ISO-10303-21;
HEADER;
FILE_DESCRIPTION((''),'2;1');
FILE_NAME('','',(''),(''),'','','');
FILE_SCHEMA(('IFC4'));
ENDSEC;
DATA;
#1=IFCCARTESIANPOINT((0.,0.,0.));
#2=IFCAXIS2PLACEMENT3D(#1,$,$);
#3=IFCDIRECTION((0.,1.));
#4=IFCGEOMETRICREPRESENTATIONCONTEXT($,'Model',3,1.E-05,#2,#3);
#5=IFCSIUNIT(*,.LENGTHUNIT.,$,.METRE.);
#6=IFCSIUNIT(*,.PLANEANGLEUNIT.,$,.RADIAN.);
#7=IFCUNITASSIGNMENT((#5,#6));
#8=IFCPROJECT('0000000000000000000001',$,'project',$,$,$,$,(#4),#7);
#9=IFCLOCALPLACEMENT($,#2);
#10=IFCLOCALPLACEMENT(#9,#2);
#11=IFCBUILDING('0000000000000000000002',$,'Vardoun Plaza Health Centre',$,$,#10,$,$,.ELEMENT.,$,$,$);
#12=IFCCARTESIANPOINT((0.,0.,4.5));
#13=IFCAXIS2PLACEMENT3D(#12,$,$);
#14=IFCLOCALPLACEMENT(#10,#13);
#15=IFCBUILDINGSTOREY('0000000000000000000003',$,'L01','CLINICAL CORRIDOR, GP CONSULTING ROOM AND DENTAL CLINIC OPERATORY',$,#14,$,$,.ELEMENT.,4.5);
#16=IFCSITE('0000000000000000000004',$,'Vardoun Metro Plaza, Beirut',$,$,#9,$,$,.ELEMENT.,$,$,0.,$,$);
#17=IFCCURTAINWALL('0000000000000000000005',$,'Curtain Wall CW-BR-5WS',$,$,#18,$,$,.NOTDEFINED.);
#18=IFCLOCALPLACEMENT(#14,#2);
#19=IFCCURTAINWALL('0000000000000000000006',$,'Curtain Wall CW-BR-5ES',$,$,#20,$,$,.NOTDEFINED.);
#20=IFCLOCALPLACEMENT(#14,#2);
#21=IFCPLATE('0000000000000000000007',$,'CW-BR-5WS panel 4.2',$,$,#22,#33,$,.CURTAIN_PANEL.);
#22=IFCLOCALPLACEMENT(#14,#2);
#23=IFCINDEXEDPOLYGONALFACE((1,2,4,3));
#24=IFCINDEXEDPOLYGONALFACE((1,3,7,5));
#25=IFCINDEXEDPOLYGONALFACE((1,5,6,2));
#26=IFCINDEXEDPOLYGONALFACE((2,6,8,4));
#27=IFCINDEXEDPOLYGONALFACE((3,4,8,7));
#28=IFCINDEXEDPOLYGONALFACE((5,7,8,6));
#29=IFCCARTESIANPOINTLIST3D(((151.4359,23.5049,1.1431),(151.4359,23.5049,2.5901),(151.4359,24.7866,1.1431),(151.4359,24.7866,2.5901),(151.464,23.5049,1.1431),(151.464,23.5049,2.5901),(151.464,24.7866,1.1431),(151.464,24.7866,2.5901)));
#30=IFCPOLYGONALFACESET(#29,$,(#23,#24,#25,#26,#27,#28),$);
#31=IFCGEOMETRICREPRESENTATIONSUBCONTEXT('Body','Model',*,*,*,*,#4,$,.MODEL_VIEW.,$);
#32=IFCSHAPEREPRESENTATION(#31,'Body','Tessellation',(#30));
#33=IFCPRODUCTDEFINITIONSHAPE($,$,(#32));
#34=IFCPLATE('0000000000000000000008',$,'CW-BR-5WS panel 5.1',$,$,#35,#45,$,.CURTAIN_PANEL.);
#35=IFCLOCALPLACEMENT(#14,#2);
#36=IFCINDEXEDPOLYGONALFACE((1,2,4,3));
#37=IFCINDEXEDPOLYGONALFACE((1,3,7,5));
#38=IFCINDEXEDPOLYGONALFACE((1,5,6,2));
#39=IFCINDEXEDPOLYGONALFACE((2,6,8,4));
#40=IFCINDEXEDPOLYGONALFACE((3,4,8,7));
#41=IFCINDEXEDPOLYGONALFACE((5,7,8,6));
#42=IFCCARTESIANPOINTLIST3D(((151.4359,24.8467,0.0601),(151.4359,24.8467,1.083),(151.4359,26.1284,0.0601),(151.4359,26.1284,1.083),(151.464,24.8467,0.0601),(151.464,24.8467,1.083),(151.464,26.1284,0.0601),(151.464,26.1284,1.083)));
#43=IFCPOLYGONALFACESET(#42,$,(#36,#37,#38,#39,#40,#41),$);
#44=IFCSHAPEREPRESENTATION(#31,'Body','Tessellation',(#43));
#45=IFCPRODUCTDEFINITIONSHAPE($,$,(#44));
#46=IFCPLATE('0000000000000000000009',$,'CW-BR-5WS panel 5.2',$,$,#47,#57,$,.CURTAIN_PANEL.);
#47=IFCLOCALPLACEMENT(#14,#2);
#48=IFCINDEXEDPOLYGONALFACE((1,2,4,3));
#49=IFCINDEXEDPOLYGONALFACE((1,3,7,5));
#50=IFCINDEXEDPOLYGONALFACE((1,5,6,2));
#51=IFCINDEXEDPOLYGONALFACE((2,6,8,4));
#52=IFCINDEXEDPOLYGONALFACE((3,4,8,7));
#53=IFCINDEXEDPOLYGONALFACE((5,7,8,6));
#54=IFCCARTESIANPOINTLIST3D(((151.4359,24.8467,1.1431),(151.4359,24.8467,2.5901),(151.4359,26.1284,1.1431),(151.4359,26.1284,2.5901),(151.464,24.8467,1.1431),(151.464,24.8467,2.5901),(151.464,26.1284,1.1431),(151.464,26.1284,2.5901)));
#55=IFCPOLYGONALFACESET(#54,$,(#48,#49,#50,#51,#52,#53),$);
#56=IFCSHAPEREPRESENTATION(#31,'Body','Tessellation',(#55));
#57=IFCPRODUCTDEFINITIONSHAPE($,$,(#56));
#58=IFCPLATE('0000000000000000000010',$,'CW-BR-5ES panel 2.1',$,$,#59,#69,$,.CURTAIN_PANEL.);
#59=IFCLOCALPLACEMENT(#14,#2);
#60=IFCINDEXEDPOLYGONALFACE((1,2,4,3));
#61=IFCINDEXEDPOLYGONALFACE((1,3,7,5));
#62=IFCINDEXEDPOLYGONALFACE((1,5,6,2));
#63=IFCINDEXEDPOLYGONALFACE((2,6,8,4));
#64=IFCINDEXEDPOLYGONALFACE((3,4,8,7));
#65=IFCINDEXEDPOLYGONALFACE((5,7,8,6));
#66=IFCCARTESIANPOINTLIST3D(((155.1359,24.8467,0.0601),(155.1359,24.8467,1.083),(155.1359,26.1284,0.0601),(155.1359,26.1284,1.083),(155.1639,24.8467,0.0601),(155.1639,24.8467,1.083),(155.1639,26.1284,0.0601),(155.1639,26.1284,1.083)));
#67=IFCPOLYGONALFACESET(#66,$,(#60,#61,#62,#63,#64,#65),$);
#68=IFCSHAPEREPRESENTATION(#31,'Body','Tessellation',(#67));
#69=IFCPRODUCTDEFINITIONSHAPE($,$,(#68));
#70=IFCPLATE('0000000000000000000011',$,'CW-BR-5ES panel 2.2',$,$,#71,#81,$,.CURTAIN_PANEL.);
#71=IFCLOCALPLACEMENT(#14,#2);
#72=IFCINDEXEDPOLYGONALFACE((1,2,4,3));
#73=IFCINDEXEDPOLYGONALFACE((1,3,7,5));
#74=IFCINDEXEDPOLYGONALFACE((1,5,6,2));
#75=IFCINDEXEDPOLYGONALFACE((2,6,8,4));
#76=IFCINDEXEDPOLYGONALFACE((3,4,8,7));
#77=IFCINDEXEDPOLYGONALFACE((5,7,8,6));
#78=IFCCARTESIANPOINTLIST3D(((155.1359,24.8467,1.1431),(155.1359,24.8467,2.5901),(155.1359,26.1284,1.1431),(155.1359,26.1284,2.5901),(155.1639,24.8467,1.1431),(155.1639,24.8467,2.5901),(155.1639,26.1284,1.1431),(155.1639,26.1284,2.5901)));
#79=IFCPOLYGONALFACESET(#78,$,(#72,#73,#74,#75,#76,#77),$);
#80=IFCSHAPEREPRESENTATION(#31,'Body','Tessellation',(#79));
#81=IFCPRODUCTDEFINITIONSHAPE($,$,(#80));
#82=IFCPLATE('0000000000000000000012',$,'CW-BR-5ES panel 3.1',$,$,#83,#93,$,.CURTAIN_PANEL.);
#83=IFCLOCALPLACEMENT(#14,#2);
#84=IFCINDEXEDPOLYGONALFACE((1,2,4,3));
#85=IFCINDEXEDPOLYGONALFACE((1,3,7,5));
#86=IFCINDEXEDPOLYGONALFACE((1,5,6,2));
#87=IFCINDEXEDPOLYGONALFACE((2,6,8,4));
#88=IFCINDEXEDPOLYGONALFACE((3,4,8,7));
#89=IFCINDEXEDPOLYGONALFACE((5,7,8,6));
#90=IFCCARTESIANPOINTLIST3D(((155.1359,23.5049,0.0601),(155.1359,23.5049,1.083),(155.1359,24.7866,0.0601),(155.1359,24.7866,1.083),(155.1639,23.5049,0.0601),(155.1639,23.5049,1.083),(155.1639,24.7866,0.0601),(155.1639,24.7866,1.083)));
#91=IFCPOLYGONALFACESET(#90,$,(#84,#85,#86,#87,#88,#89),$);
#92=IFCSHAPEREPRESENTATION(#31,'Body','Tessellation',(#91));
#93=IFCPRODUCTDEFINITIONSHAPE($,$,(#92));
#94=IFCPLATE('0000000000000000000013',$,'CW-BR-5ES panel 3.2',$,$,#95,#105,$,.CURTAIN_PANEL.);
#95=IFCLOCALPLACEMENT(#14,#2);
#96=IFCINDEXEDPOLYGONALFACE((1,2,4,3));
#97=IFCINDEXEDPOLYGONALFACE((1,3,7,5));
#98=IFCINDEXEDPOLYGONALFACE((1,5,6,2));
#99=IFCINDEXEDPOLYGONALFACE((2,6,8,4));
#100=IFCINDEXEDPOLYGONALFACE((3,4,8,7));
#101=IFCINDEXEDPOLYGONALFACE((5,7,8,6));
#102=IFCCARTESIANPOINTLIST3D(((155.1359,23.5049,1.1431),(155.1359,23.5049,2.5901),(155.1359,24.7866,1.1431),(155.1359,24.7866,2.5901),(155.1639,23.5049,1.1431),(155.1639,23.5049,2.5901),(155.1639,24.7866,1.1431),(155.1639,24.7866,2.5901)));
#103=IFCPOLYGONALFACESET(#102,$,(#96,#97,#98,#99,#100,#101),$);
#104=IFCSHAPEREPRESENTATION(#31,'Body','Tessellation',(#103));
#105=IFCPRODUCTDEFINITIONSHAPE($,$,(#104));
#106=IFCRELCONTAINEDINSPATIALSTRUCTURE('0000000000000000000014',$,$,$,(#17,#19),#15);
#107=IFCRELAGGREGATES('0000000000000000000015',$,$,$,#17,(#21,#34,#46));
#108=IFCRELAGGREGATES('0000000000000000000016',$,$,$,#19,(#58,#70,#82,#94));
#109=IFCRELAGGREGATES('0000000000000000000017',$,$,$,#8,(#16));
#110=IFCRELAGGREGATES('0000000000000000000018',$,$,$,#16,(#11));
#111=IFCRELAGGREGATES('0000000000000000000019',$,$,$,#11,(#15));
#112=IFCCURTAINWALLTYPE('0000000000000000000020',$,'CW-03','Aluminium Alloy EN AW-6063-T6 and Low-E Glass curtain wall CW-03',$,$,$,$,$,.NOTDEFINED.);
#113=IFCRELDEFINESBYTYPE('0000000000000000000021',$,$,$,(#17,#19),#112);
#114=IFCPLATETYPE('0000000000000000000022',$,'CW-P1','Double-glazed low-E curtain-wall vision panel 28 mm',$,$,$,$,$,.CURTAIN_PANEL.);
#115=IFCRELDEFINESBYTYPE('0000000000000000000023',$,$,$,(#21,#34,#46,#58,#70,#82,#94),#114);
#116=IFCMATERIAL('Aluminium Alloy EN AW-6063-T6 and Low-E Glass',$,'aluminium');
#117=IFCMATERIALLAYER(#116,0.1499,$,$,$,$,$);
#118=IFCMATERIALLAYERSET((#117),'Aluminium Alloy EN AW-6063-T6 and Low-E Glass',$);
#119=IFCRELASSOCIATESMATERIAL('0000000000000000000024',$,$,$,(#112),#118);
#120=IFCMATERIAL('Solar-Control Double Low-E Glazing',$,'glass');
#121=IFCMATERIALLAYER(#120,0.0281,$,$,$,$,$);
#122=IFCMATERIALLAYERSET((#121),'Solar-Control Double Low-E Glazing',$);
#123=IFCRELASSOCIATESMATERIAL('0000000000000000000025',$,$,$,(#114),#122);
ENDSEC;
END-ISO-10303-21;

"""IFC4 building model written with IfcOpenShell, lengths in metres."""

from ifc_helpers import new_model, si_unit, direction, frame, origin, origin_2d, place, context, subcontext, project, spatial, rectangle, extrude, material, layer, layer_set, type_object, element, aggregate, save


model = new_model("IFC4")

# Units and contexts
model_context = context("Model", 3, precision=1e-05, world=origin(), true_north=direction((0.0, 1.0)))
body_context = subcontext(model_context, "Body", "Model", "MODEL_VIEW")
ifc_project = project(units=[si_unit("LENGTHUNIT", "METRE"), si_unit("PLANEANGLEUNIT", "RADIAN")], contexts=[model_context])

# Site, building, storey
site_placement = place(None, origin())
site = spatial("IfcSite", under=ifc_project, at=site_placement, Name="Vardoun Metro Plaza, Beirut", CompositionType="ELEMENT", RefElevation=0.0)
building_placement = place(site_placement, origin())
building = spatial("IfcBuilding", under=site, at=building_placement, Name="Vardoun Plaza Health Centre", CompositionType="ELEMENT")
storey_placement = place(building_placement, frame((0.0, 0.0, 4.5)))
storey = spatial("IfcBuildingStorey", under=building, at=storey_placement, Name="L01", Description="CLINICAL CORRIDOR, GP CONSULTING ROOM AND DENTAL CLINIC OPERATORY", CompositionType="ELEMENT", Elevation=4.5)

# Curtain wall
ifc_material_1 = material(Name="Aluminium Alloy EN AW-6063-T6 and Low-E Glass", Category="aluminium")
ifc_layer_1 = layer(ifc_material_1, 0.1499)
ifc_layer_set_1 = layer_set([ifc_layer_1], Name="Aluminium Alloy EN AW-6063-T6 and Low-E Glass")
curtain_wall_type = type_object("IfcCurtainWallType", Name="CW-03", Description="Aluminium Alloy EN AW-6063-T6 and Low-E Glass curtain wall CW-03", PredefinedType="NOTDEFINED", material=ifc_layer_set_1)
curtain_wall_1_placement = place(storey_placement, origin())
curtain_wall_1 = element("IfcCurtainWall", 1, at=curtain_wall_1_placement, inside=storey, type_object=curtain_wall_type, Name="Curtain Wall CW-BR-5WS", PredefinedType="NOTDEFINED")

# Curtain wall
curtain_wall_2_placement = place(storey_placement, origin())
curtain_wall_2 = element("IfcCurtainWall", 2, at=curtain_wall_2_placement, inside=storey, type_object=curtain_wall_type, Name="Curtain Wall CW-BR-5ES", PredefinedType="NOTDEFINED")

# Plates
ifc_material_2 = material(Name="Solar-Control Double Low-E Glazing", Category="glass")
ifc_layer_2 = layer(ifc_material_2, 0.0281)
ifc_layer_set_2 = layer_set([ifc_layer_2], Name="Solar-Control Double Low-E Glazing")
plate_type = type_object("IfcPlateType", Name="CW-P1", Description="Double-glazed low-E curtain-wall vision panel 28 mm", PredefinedType="CURTAIN_PANEL", material=ifc_layer_set_2)
plate_1_placement = place(storey_placement, frame((151.45, 24.1458, 1.1431), z_axis=(0.0, 0.0, 1.0), x_axis=(0.0, 1.0, 0.0)))
plate_1 = element("IfcPlate", 3, at=plate_1_placement, type_object=plate_type, Name="CW-BR-5WS panel 4.2", PredefinedType="CURTAIN_PANEL", context=body_context, shape_type="SweptSolid", body=[
    extrude(rectangle(XDim=1.2817, YDim=0.0281, at=origin_2d()), origin(), (0.0, 0.0, 1.0), 1.447),
])
plate_2_placement = place(storey_placement, frame((151.45, 25.4875, 0.0601), z_axis=(0.0, 0.0, 1.0), x_axis=(0.0, 1.0, 0.0)))
plate_2 = element("IfcPlate", 4, at=plate_2_placement, type_object=plate_type, Name="CW-BR-5WS panel 5.1", PredefinedType="CURTAIN_PANEL", context=body_context, shape_type="SweptSolid", body=[
    extrude(rectangle(XDim=1.2817, YDim=0.0281, at=origin_2d()), origin(), (0.0, 0.0, 1.0), 1.0229),
])
plate_3_placement = place(storey_placement, frame((151.45, 25.4875, 1.1431), z_axis=(0.0, 0.0, 1.0), x_axis=(0.0, 1.0, 0.0)))
plate_3 = element("IfcPlate", 5, at=plate_3_placement, type_object=plate_type, Name="CW-BR-5WS panel 5.2", PredefinedType="CURTAIN_PANEL", context=body_context, shape_type="SweptSolid", body=[
    extrude(rectangle(XDim=1.2817, YDim=0.0281, at=origin_2d()), origin(), (0.0, 0.0, 1.0), 1.447),
])
aggregate(curtain_wall_1, [plate_1, plate_2, plate_3])
plate_4_placement = place(storey_placement, frame((155.1499, 25.4875, 0.0601), z_axis=(0.0, 0.0, 1.0), x_axis=(0.0, -1.0, 0.0)))
plate_4 = element("IfcPlate", 6, at=plate_4_placement, type_object=plate_type, Name="CW-BR-5ES panel 2.1", PredefinedType="CURTAIN_PANEL", context=body_context, shape_type="SweptSolid", body=[
    extrude(rectangle(XDim=1.2817, YDim=0.0281, at=origin_2d()), origin(), (0.0, 0.0, 1.0), 1.0229),
])
plate_5_placement = place(storey_placement, frame((155.1499, 25.4875, 1.1431), z_axis=(0.0, 0.0, 1.0), x_axis=(0.0, -1.0, 0.0)))
plate_5 = element("IfcPlate", 7, at=plate_5_placement, type_object=plate_type, Name="CW-BR-5ES panel 2.2", PredefinedType="CURTAIN_PANEL", context=body_context, shape_type="SweptSolid", body=[
    extrude(rectangle(XDim=1.2817, YDim=0.0281, at=origin_2d()), origin(), (0.0, 0.0, 1.0), 1.447),
])
plate_6_placement = place(storey_placement, frame((155.1499, 24.1458, 0.0601), z_axis=(0.0, 0.0, 1.0), x_axis=(0.0, -1.0, 0.0)))
plate_6 = element("IfcPlate", 8, at=plate_6_placement, type_object=plate_type, Name="CW-BR-5ES panel 3.1", PredefinedType="CURTAIN_PANEL", context=body_context, shape_type="SweptSolid", body=[
    extrude(rectangle(XDim=1.2817, YDim=0.0281, at=origin_2d()), origin(), (0.0, 0.0, 1.0), 1.0229),
])
plate_7_placement = place(storey_placement, frame((155.1499, 24.1458, 1.1431), z_axis=(0.0, 0.0, 1.0), x_axis=(0.0, -1.0, 0.0)))
plate_7 = element("IfcPlate", 9, at=plate_7_placement, type_object=plate_type, Name="CW-BR-5ES panel 3.2", PredefinedType="CURTAIN_PANEL", context=body_context, shape_type="SweptSolid", body=[
    extrude(rectangle(XDim=1.2817, YDim=0.0281, at=origin_2d()), origin(), (0.0, 0.0, 1.0), 1.447),
])
aggregate(curtain_wall_2, [plate_4, plate_5, plate_6, plate_7])

save(model, "model.ifc")
